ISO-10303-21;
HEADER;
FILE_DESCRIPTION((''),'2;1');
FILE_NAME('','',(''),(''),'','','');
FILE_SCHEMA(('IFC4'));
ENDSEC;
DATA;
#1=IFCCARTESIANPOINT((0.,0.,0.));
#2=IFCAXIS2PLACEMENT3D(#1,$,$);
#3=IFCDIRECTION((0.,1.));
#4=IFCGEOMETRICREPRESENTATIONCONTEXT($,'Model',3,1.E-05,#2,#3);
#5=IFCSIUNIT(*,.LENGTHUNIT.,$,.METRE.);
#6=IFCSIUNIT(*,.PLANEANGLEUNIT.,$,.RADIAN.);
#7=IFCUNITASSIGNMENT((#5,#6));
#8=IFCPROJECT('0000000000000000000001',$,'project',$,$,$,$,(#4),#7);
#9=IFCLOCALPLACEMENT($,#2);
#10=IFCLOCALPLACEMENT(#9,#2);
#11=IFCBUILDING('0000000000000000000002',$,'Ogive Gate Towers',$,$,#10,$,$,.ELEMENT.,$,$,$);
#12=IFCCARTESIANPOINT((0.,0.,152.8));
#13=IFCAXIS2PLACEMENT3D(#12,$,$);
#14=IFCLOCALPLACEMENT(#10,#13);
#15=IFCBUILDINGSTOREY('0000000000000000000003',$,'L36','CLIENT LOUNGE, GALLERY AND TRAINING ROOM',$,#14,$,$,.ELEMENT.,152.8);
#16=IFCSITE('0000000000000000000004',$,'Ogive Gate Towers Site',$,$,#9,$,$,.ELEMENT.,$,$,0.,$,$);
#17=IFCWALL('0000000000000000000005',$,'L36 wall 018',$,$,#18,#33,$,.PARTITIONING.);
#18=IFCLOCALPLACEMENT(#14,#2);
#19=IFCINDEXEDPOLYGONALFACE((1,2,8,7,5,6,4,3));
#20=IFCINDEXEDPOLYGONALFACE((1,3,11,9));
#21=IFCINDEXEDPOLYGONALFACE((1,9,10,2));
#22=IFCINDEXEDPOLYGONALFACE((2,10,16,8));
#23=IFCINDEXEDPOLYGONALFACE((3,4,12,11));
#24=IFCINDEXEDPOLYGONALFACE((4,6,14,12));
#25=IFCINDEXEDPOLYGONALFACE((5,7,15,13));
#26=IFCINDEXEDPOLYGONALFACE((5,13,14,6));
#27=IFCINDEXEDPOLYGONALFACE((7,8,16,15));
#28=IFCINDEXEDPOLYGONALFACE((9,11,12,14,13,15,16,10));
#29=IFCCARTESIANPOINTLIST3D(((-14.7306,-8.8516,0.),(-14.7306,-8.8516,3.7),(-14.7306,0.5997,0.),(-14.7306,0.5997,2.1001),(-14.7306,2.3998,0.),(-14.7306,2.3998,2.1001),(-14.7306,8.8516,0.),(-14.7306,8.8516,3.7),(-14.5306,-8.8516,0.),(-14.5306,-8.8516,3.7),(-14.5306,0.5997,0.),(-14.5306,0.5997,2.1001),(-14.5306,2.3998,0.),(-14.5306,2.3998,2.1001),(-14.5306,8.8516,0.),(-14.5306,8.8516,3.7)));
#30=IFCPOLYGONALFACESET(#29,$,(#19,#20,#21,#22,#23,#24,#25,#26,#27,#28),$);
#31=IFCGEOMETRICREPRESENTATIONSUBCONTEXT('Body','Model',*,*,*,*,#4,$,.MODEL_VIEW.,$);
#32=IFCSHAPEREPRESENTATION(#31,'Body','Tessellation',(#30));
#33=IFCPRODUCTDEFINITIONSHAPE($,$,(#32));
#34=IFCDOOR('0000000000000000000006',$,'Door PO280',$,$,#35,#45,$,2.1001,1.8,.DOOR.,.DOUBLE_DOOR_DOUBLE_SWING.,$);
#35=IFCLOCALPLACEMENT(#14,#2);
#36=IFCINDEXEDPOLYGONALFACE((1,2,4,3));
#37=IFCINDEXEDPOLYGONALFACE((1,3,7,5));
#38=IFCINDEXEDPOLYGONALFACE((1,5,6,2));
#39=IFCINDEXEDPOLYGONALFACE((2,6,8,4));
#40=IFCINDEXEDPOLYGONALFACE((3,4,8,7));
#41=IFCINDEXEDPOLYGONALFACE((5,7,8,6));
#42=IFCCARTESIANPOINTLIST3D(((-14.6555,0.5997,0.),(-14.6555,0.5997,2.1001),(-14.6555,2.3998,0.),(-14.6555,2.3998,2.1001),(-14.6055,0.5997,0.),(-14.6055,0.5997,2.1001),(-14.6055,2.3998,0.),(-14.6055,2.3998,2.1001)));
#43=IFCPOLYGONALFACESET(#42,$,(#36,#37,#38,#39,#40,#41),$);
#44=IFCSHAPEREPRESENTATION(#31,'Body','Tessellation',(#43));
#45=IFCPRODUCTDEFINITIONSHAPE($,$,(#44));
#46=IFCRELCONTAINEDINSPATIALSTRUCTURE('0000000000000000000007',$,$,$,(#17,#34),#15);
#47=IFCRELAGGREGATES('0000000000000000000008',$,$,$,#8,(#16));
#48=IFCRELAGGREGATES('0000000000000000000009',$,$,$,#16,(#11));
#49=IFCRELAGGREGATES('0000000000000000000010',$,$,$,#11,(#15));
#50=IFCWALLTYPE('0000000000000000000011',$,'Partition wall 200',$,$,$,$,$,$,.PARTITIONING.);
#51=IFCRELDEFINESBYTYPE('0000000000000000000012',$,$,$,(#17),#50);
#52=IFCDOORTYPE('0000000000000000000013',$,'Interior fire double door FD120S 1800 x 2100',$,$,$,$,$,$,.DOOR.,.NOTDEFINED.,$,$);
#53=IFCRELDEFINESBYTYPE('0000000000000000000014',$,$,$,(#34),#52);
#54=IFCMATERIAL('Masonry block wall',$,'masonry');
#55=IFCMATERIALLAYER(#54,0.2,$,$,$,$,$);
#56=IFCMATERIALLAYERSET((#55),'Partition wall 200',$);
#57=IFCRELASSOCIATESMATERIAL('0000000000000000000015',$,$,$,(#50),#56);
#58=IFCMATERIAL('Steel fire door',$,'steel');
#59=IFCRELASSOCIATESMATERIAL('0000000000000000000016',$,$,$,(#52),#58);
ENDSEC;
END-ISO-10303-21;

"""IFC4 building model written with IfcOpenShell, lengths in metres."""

from ifc_helpers import new_model, si_unit, direction, frame, frame_2d, origin, place, context, subcontext, project, spatial, rectangle, extrude, material, layer, layer_set, type_object, element, fill, save


model = new_model("IFC4")

# Units and contexts
model_context = context("Model", 3, precision=1e-05, world=origin(), true_north=direction((0.0, 1.0)))
body_context = subcontext(model_context, "Body", "Model", "MODEL_VIEW")
ifc_project = project(units=[si_unit("LENGTHUNIT", "METRE"), si_unit("PLANEANGLEUNIT", "RADIAN")], contexts=[model_context])

# Site, building, storey
site_placement = place(None, origin())
site = spatial("IfcSite", under=ifc_project, at=site_placement, Name="Ogive Gate Towers Site", CompositionType="ELEMENT", RefElevation=0.0)
building_placement = place(site_placement, origin())
building = spatial("IfcBuilding", under=site, at=building_placement, Name="Ogive Gate Towers", CompositionType="ELEMENT")
storey_placement = place(building_placement, frame((0.0, 0.0, 152.8)))
storey = spatial("IfcBuildingStorey", under=building, at=storey_placement, Name="L36", Description="CLIENT LOUNGE, GALLERY AND TRAINING ROOM", CompositionType="ELEMENT", Elevation=152.8)

# Wall, opening, door
ifc_material_1 = material(Name="Masonry block wall", Category="masonry")
ifc_layer_1 = layer(ifc_material_1, 0.2)
ifc_layer_set_1 = layer_set([ifc_layer_1], Name="Partition wall 200")
wall_type_1 = type_object("IfcWallType", Name="Partition wall 200", PredefinedType="PARTITIONING", material=ifc_layer_set_1)
wall_1_placement = place(storey_placement, frame((-14.6306, -8.8516, 0.0), z_axis=(0.0, 0.0, 1.0), x_axis=(0.0, 1.0, 0.0)))
wall_1 = element("IfcWall", 1, at=wall_1_placement, inside=storey, type_object=wall_type_1, Name="L36 wall 018", PredefinedType="PARTITIONING", context=body_context, shape_type="SweptSolid", body=[
    extrude(rectangle(XDim=17.7031, YDim=0.2, at=frame_2d((8.8516, 0.0))), origin(), (0.0, 0.0, 1.0), 3.7),
])
opening_placement = place(wall_1_placement, frame((9.4514, 0.0, 0.0)))
opening = element("IfcOpeningElement", 2, at=opening_placement, cuts=wall_1, PredefinedType="OPENING", context=body_context, shape_type="SweptSolid", body=[
    extrude(rectangle(XDim=1.8, YDim=2.1001, at=frame_2d((0.8999, 1.05))), frame((0.0, 0.1099, 0.0), z_axis=(0.0, -1.0, 0.0), x_axis=(1.0, 0.0, 0.0)), (0.0, 0.0, 1.0), 0.22),
])
ifc_material_2 = material(Name="Steel fire door", Category="steel")
door_type = type_object("IfcDoorType", Name="Interior fire double door FD120S 1800 x 2100", OperationType="NOTDEFINED", PredefinedType="DOOR", material=ifc_material_2)
door_placement = place(opening_placement, origin())
door = element("IfcDoor", 3, at=door_placement, inside=storey, type_object=door_type, Name="Door PO280", OperationType="DOUBLE_DOOR_DOUBLE_SWING", OverallHeight=2.1001, OverallWidth=1.8, PredefinedType="DOOR", context=body_context, shape_type="SweptSolid", body=[
    extrude(rectangle(XDim=1.8, YDim=2.1001, at=frame_2d((0.8999, 1.05))), frame((0.0, 0.0249, 0.0), z_axis=(0.0, -1.0, 0.0), x_axis=(1.0, 0.0, 0.0)), (0.0, 0.0, 1.0), 0.05),
])
fill(opening, door)

save(model, "model.ifc")
